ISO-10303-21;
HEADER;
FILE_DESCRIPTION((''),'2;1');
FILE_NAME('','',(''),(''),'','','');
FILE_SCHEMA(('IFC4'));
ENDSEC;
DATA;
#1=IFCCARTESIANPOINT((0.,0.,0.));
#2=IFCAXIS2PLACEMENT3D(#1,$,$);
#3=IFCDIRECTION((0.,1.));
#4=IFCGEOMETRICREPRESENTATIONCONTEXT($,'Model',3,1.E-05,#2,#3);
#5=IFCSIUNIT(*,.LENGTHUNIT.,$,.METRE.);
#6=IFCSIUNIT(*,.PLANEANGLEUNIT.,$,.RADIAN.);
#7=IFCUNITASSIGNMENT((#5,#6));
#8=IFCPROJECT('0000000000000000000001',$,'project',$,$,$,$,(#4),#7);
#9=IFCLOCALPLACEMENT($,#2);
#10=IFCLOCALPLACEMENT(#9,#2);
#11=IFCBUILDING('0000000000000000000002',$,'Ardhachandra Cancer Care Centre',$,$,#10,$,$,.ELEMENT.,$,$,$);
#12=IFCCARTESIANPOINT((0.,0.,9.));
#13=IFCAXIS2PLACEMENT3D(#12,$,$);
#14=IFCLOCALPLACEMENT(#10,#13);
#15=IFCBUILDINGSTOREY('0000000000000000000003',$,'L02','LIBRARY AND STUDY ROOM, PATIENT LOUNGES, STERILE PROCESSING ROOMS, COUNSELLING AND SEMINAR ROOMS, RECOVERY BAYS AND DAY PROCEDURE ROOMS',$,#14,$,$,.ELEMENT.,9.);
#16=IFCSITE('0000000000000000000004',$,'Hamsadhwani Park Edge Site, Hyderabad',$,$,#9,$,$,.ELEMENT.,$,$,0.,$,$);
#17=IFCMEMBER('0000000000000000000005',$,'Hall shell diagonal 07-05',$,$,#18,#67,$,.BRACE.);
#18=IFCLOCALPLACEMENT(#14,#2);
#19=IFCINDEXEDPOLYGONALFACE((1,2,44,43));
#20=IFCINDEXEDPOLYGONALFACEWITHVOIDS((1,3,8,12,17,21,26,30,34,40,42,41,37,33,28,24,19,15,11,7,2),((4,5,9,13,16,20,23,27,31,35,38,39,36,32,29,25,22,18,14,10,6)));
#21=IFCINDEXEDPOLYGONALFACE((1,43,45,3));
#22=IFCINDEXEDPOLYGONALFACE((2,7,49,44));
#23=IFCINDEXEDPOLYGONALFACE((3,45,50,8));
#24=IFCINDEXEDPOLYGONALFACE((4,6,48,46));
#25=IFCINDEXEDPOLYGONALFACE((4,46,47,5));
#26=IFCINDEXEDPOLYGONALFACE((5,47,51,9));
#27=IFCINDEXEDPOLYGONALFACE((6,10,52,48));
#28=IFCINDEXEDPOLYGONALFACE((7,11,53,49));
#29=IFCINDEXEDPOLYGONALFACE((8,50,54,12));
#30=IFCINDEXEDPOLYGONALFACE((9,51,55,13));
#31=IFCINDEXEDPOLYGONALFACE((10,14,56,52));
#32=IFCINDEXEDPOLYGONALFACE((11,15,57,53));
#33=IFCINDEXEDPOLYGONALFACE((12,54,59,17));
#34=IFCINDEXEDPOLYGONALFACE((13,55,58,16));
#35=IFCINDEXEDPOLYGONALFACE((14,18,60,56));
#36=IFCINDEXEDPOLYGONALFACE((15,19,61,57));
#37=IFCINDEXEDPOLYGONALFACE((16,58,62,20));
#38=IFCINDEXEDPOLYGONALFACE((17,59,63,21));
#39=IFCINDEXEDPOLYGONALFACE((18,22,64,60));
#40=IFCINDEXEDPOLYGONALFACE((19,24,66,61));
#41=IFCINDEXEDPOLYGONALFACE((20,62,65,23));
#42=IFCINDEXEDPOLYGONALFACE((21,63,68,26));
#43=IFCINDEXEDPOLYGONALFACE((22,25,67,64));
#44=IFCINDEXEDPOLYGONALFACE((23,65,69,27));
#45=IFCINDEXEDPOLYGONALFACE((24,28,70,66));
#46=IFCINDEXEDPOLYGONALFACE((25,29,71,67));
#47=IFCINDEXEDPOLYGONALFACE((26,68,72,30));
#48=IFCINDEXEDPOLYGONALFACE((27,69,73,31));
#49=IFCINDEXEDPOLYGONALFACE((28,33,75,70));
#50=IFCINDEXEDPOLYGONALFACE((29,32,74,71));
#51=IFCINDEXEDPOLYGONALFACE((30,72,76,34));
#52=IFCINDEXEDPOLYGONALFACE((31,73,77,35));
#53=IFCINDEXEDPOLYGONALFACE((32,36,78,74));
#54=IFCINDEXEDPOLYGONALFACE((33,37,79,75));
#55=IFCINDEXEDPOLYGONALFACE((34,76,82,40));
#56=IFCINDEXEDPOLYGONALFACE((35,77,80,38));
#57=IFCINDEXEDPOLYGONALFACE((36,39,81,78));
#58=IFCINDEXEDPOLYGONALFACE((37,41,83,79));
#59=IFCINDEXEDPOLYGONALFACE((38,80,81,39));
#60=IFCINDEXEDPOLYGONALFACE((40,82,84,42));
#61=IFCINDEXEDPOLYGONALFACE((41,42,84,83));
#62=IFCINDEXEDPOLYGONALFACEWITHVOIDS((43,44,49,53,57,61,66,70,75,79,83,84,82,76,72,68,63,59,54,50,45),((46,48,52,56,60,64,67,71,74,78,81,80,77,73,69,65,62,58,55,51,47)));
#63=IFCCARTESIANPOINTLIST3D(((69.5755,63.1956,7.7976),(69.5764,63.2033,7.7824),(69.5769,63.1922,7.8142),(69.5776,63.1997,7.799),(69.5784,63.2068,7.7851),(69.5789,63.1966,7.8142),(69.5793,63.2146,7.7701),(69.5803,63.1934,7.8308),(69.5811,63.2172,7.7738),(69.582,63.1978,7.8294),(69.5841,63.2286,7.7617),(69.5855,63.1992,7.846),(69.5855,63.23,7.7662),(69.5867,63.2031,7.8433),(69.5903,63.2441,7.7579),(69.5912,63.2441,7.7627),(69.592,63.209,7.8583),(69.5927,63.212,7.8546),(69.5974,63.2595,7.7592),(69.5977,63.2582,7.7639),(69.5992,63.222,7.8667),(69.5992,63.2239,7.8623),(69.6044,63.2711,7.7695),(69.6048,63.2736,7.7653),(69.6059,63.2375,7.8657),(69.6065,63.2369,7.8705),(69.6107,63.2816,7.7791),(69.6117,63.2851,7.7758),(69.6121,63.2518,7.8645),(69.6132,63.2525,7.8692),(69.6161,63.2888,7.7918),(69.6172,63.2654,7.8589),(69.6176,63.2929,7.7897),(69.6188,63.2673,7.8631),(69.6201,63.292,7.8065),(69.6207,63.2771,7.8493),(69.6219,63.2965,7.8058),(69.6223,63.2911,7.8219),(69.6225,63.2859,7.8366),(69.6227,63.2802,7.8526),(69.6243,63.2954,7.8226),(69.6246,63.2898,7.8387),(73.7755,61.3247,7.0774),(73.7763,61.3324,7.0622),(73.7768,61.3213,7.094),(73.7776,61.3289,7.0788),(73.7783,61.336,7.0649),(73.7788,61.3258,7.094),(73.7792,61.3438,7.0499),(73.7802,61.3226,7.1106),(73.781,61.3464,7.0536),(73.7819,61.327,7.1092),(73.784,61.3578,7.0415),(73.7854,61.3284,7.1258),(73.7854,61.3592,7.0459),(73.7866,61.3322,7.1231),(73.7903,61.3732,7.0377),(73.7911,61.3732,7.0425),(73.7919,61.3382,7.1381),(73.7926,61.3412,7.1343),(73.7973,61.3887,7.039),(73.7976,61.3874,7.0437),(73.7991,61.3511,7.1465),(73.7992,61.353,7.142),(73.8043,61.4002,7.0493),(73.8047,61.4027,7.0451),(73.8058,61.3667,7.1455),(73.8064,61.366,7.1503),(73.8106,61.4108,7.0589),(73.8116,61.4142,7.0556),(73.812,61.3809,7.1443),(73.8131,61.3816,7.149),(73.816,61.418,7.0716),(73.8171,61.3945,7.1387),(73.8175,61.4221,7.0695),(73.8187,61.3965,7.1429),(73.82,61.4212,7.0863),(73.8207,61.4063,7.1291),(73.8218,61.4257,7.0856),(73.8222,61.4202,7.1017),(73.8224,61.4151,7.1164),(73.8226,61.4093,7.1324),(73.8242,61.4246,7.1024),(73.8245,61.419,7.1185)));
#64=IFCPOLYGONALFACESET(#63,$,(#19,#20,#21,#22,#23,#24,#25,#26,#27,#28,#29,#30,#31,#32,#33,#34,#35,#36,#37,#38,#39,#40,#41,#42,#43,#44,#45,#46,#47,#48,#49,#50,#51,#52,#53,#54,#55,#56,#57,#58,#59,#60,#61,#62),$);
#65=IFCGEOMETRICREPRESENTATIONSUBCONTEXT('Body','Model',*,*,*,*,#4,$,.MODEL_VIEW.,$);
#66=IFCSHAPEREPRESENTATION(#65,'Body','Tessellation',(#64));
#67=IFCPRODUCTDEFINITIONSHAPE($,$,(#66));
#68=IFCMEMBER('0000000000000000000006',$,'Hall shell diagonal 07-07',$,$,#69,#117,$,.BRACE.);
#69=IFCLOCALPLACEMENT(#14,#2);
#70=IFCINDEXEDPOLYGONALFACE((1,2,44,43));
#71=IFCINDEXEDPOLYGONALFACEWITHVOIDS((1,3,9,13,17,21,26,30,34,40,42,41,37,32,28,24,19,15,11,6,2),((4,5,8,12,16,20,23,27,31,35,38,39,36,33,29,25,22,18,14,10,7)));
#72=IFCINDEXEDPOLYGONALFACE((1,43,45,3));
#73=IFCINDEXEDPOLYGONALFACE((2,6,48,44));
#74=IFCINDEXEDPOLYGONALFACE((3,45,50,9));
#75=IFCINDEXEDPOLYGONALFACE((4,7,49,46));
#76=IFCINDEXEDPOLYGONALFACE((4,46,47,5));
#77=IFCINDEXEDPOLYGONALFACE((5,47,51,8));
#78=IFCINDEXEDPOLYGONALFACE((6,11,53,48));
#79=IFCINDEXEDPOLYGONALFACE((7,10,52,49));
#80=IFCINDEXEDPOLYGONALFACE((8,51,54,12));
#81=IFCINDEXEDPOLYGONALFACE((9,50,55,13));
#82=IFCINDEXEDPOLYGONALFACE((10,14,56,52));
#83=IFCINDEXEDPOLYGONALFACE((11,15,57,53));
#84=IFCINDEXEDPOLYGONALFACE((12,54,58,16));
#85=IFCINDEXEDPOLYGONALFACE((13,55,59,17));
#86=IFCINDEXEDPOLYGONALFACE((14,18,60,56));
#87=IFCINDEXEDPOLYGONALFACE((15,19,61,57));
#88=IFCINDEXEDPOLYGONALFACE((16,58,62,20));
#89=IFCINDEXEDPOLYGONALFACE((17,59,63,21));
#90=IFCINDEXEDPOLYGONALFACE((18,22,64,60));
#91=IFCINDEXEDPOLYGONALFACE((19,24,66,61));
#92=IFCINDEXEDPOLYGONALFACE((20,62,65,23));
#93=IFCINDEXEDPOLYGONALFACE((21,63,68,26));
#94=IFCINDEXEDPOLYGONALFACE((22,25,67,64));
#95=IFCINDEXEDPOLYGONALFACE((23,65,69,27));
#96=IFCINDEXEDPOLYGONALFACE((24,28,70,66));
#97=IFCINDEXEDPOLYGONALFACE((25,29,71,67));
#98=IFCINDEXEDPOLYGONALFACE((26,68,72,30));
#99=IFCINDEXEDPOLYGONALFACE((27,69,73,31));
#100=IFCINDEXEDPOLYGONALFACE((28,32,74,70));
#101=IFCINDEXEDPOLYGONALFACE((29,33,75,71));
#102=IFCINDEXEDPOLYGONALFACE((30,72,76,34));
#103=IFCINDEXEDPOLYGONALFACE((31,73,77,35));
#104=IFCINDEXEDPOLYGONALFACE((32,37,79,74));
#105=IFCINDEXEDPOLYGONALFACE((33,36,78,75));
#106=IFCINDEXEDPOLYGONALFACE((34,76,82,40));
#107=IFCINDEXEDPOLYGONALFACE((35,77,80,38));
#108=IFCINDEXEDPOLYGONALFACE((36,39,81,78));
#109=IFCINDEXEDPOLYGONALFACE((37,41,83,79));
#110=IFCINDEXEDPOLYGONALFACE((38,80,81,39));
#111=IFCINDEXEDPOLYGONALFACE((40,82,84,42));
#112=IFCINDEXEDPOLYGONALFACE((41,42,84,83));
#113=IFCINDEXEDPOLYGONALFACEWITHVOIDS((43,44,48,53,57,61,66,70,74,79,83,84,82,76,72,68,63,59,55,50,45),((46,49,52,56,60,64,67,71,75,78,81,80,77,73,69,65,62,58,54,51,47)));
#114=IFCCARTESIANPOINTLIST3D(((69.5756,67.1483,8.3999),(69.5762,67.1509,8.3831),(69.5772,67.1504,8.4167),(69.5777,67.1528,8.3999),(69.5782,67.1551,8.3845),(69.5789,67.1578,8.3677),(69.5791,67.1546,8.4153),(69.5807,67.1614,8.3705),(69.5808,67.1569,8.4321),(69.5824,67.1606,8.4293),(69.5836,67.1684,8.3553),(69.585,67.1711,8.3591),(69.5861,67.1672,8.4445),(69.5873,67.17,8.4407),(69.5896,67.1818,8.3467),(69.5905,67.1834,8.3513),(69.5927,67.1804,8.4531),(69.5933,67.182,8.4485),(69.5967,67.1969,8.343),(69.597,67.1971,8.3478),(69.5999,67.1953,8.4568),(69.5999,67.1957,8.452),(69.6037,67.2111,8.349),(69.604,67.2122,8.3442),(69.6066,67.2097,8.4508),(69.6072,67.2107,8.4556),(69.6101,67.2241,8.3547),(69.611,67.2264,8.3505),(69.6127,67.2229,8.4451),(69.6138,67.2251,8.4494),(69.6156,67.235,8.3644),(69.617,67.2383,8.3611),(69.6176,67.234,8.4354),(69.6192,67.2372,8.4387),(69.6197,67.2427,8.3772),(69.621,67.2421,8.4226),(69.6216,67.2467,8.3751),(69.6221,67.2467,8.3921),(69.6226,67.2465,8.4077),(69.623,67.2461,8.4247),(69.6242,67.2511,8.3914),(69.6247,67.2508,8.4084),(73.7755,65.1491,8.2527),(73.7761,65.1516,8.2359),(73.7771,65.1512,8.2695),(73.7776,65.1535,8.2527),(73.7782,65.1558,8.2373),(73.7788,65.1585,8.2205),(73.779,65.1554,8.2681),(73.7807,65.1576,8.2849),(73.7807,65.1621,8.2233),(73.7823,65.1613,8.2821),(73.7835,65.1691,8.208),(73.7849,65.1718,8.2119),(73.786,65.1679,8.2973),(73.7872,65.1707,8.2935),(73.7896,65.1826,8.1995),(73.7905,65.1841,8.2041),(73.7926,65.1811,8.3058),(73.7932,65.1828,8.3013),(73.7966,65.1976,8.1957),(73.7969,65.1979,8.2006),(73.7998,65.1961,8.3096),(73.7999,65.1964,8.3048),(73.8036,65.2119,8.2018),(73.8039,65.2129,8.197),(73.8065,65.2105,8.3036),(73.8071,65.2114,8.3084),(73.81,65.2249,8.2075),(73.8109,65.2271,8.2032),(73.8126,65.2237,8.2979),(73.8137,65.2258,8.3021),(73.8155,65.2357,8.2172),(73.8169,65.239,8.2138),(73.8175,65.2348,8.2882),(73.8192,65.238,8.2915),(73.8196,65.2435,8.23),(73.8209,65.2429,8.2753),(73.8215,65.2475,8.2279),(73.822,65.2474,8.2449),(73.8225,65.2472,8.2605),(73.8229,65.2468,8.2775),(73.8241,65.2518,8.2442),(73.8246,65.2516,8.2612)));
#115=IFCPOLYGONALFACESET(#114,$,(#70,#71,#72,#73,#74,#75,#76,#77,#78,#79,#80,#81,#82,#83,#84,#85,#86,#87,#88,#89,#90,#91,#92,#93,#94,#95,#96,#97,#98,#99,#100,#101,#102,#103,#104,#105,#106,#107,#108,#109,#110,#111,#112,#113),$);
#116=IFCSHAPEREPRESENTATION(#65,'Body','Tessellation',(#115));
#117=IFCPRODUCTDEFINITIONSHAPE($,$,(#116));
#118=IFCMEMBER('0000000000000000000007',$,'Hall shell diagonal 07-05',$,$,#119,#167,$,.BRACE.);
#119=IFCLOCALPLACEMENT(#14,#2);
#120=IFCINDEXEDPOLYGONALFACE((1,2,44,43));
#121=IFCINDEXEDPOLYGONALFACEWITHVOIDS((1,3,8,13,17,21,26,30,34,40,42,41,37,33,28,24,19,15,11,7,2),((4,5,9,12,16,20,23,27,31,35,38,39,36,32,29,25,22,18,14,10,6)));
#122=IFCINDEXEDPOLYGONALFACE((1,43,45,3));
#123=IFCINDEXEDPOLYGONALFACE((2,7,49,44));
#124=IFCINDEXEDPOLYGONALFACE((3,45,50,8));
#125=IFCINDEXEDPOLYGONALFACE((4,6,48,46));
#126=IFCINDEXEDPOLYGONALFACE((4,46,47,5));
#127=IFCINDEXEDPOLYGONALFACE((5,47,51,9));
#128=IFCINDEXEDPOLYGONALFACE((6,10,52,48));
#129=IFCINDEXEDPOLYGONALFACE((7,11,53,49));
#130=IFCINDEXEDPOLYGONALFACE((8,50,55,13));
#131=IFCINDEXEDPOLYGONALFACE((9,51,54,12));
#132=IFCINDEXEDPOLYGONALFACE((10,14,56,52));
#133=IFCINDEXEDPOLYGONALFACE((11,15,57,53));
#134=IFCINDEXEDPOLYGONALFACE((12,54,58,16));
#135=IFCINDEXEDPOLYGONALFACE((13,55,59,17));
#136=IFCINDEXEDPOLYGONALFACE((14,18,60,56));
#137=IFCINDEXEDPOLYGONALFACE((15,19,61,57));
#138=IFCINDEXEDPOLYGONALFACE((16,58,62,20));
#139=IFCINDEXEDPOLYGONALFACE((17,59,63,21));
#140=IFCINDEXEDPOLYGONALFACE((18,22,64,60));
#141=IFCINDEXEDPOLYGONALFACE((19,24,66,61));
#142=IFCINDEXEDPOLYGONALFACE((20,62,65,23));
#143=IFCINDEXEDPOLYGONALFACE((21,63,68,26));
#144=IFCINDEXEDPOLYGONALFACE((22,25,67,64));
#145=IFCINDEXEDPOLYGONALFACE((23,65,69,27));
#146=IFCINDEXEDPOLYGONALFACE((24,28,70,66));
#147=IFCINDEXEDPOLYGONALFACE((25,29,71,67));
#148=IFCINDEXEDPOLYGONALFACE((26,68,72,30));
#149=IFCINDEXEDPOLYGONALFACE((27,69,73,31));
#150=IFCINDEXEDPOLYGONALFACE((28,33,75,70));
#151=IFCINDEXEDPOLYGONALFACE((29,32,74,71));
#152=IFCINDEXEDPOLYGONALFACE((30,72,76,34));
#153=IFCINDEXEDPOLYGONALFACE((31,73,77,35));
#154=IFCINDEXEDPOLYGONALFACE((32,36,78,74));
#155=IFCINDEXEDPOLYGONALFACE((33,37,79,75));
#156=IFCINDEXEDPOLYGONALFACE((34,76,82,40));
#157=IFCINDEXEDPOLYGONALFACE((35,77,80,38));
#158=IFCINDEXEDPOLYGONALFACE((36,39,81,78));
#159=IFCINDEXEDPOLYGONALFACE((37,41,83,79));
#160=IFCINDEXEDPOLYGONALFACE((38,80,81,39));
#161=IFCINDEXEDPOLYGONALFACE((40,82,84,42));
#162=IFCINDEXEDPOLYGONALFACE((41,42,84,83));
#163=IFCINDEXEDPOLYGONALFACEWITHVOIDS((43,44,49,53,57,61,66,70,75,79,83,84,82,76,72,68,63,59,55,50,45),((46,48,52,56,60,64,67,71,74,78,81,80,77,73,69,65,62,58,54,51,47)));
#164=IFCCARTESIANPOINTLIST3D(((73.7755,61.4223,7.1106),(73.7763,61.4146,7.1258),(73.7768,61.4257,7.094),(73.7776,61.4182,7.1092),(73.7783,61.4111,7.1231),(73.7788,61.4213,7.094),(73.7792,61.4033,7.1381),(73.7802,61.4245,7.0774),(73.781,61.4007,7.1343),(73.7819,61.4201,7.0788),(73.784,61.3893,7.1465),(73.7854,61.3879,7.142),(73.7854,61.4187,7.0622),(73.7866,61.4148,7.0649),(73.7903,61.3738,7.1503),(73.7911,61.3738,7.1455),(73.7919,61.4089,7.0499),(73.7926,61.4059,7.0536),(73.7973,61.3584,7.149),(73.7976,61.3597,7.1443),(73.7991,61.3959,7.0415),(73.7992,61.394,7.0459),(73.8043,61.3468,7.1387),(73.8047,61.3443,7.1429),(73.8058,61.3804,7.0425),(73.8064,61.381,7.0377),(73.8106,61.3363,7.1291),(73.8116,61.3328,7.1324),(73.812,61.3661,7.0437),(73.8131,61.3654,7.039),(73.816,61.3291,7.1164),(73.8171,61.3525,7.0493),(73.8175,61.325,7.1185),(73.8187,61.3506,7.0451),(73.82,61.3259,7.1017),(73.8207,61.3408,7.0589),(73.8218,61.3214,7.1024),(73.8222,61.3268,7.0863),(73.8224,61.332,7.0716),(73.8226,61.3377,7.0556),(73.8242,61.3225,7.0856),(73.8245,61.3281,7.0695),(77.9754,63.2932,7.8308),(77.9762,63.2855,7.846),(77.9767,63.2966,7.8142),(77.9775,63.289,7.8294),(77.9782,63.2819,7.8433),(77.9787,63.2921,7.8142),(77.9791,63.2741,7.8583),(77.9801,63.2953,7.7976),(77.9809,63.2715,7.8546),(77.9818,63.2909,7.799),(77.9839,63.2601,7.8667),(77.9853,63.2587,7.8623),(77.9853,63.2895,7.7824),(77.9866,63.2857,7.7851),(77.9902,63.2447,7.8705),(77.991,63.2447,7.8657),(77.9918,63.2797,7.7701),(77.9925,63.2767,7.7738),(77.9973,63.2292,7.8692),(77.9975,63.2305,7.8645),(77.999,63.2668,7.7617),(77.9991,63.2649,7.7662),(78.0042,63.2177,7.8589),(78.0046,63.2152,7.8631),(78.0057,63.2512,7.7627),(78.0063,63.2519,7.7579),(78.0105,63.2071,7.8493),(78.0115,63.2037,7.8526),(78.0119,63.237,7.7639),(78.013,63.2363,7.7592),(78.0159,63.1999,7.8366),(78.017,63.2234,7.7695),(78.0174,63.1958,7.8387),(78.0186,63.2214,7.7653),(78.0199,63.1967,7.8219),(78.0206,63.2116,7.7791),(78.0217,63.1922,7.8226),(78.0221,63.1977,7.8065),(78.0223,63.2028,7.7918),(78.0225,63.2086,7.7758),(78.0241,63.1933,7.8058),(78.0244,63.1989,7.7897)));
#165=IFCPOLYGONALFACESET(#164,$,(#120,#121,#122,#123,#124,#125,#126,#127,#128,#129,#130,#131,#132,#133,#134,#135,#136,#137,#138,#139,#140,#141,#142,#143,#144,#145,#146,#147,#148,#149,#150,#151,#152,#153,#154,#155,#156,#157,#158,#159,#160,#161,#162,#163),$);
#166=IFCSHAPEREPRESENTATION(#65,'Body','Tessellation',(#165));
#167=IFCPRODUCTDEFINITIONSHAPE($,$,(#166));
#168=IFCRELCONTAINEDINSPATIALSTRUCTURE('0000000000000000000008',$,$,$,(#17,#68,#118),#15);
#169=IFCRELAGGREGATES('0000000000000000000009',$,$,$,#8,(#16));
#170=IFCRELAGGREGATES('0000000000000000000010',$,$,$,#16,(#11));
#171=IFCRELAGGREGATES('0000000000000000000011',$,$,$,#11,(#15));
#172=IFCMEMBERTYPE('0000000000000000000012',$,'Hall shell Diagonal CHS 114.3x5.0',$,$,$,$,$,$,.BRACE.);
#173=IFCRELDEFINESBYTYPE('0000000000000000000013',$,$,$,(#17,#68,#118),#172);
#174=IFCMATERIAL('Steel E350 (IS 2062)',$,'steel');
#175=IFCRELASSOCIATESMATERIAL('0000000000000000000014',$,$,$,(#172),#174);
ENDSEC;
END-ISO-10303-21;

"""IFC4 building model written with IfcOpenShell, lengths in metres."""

from ifc_helpers import new_model, si_unit, direction, frame, origin, origin_2d, place, context, subcontext, project, spatial, hollow_circle, extrude, material, material_profile, profile_set, type_object, element, save


model = new_model("IFC4")

# Units and contexts
model_context = context("Model", 3, precision=1e-05, world=origin(), true_north=direction((0.0, 1.0)))
body_context = subcontext(model_context, "Body", "Model", "MODEL_VIEW")
ifc_project = project(units=[si_unit("LENGTHUNIT", "METRE"), si_unit("PLANEANGLEUNIT", "RADIAN")], contexts=[model_context])

# Site, building, storey
site_placement = place(None, origin())
site = spatial("IfcSite", under=ifc_project, at=site_placement, Name="Hamsadhwani Park Edge Site, Hyderabad", CompositionType="ELEMENT", RefElevation=0.0)
building_placement = place(site_placement, origin())
building = spatial("IfcBuilding", under=site, at=building_placement, Name="Ardhachandra Cancer Care Centre", CompositionType="ELEMENT")
storey_placement = place(building_placement, frame((0.0, 0.0, 9.0)))
storey = spatial("IfcBuildingStorey", under=building, at=storey_placement, Name="L02", Description="LIBRARY AND STUDY ROOM, PATIENT LOUNGES, STERILE PROCESSING ROOMS, COUNSELLING AND SEMINAR ROOMS, RECOVERY BAYS AND DAY PROCEDURE ROOMS", CompositionType="ELEMENT", Elevation=9.0)

# Members
ifc_material_1 = material(Name="Steel E350 (IS 2062)", Category="steel")
ifc_material_profile_1 = material_profile(ifc_material_1, hollow_circle(Radius=0.0571, WallThickness=0.0049, at=origin_2d()), Name="CHS 114.3x5.0")
ifc_profile_set_1 = profile_set([ifc_material_profile_1], Name="Steel E350 (IS 2062)")
member_type_1 = type_object("IfcMemberType", Name="Hall shell Diagonal CHS 114.3x5.0", PredefinedType="BRACE", material=ifc_profile_set_1)
for number, where, z_axis, x_axis, name in (
    (1, (73.8, 61.3735, 7.094), (-0.902467, 0.402, 0.154757), (-0.406902, -0.913472, 0.0), "Hall shell diagonal 07-05"),
    (2, (73.8, 65.2007, 8.2527), (-0.902468, 0.429594, 0.031633), (-0.429809, -0.90292, 0.0), "Hall shell diagonal 07-07"),
    (3, (73.8, 61.3735, 7.094), (0.902467, 0.402, 0.154757), (-0.406902, 0.913472, 0.0), "Hall shell diagonal 07-05"),
):
    element("IfcMember", number, at=place(storey_placement, frame(where, z_axis=z_axis, x_axis=x_axis)), inside=storey, type_object=member_type_1, Name=name, PredefinedType="BRACE", context=body_context, shape_type="SweptSolid", body=[
        extrude(hollow_circle(Radius=0.0571, WallThickness=0.0049, at=origin_2d()), origin(), (0.0, 0.0, 1.0), 4.6538),
    ])

save(model, "model.ifc")
